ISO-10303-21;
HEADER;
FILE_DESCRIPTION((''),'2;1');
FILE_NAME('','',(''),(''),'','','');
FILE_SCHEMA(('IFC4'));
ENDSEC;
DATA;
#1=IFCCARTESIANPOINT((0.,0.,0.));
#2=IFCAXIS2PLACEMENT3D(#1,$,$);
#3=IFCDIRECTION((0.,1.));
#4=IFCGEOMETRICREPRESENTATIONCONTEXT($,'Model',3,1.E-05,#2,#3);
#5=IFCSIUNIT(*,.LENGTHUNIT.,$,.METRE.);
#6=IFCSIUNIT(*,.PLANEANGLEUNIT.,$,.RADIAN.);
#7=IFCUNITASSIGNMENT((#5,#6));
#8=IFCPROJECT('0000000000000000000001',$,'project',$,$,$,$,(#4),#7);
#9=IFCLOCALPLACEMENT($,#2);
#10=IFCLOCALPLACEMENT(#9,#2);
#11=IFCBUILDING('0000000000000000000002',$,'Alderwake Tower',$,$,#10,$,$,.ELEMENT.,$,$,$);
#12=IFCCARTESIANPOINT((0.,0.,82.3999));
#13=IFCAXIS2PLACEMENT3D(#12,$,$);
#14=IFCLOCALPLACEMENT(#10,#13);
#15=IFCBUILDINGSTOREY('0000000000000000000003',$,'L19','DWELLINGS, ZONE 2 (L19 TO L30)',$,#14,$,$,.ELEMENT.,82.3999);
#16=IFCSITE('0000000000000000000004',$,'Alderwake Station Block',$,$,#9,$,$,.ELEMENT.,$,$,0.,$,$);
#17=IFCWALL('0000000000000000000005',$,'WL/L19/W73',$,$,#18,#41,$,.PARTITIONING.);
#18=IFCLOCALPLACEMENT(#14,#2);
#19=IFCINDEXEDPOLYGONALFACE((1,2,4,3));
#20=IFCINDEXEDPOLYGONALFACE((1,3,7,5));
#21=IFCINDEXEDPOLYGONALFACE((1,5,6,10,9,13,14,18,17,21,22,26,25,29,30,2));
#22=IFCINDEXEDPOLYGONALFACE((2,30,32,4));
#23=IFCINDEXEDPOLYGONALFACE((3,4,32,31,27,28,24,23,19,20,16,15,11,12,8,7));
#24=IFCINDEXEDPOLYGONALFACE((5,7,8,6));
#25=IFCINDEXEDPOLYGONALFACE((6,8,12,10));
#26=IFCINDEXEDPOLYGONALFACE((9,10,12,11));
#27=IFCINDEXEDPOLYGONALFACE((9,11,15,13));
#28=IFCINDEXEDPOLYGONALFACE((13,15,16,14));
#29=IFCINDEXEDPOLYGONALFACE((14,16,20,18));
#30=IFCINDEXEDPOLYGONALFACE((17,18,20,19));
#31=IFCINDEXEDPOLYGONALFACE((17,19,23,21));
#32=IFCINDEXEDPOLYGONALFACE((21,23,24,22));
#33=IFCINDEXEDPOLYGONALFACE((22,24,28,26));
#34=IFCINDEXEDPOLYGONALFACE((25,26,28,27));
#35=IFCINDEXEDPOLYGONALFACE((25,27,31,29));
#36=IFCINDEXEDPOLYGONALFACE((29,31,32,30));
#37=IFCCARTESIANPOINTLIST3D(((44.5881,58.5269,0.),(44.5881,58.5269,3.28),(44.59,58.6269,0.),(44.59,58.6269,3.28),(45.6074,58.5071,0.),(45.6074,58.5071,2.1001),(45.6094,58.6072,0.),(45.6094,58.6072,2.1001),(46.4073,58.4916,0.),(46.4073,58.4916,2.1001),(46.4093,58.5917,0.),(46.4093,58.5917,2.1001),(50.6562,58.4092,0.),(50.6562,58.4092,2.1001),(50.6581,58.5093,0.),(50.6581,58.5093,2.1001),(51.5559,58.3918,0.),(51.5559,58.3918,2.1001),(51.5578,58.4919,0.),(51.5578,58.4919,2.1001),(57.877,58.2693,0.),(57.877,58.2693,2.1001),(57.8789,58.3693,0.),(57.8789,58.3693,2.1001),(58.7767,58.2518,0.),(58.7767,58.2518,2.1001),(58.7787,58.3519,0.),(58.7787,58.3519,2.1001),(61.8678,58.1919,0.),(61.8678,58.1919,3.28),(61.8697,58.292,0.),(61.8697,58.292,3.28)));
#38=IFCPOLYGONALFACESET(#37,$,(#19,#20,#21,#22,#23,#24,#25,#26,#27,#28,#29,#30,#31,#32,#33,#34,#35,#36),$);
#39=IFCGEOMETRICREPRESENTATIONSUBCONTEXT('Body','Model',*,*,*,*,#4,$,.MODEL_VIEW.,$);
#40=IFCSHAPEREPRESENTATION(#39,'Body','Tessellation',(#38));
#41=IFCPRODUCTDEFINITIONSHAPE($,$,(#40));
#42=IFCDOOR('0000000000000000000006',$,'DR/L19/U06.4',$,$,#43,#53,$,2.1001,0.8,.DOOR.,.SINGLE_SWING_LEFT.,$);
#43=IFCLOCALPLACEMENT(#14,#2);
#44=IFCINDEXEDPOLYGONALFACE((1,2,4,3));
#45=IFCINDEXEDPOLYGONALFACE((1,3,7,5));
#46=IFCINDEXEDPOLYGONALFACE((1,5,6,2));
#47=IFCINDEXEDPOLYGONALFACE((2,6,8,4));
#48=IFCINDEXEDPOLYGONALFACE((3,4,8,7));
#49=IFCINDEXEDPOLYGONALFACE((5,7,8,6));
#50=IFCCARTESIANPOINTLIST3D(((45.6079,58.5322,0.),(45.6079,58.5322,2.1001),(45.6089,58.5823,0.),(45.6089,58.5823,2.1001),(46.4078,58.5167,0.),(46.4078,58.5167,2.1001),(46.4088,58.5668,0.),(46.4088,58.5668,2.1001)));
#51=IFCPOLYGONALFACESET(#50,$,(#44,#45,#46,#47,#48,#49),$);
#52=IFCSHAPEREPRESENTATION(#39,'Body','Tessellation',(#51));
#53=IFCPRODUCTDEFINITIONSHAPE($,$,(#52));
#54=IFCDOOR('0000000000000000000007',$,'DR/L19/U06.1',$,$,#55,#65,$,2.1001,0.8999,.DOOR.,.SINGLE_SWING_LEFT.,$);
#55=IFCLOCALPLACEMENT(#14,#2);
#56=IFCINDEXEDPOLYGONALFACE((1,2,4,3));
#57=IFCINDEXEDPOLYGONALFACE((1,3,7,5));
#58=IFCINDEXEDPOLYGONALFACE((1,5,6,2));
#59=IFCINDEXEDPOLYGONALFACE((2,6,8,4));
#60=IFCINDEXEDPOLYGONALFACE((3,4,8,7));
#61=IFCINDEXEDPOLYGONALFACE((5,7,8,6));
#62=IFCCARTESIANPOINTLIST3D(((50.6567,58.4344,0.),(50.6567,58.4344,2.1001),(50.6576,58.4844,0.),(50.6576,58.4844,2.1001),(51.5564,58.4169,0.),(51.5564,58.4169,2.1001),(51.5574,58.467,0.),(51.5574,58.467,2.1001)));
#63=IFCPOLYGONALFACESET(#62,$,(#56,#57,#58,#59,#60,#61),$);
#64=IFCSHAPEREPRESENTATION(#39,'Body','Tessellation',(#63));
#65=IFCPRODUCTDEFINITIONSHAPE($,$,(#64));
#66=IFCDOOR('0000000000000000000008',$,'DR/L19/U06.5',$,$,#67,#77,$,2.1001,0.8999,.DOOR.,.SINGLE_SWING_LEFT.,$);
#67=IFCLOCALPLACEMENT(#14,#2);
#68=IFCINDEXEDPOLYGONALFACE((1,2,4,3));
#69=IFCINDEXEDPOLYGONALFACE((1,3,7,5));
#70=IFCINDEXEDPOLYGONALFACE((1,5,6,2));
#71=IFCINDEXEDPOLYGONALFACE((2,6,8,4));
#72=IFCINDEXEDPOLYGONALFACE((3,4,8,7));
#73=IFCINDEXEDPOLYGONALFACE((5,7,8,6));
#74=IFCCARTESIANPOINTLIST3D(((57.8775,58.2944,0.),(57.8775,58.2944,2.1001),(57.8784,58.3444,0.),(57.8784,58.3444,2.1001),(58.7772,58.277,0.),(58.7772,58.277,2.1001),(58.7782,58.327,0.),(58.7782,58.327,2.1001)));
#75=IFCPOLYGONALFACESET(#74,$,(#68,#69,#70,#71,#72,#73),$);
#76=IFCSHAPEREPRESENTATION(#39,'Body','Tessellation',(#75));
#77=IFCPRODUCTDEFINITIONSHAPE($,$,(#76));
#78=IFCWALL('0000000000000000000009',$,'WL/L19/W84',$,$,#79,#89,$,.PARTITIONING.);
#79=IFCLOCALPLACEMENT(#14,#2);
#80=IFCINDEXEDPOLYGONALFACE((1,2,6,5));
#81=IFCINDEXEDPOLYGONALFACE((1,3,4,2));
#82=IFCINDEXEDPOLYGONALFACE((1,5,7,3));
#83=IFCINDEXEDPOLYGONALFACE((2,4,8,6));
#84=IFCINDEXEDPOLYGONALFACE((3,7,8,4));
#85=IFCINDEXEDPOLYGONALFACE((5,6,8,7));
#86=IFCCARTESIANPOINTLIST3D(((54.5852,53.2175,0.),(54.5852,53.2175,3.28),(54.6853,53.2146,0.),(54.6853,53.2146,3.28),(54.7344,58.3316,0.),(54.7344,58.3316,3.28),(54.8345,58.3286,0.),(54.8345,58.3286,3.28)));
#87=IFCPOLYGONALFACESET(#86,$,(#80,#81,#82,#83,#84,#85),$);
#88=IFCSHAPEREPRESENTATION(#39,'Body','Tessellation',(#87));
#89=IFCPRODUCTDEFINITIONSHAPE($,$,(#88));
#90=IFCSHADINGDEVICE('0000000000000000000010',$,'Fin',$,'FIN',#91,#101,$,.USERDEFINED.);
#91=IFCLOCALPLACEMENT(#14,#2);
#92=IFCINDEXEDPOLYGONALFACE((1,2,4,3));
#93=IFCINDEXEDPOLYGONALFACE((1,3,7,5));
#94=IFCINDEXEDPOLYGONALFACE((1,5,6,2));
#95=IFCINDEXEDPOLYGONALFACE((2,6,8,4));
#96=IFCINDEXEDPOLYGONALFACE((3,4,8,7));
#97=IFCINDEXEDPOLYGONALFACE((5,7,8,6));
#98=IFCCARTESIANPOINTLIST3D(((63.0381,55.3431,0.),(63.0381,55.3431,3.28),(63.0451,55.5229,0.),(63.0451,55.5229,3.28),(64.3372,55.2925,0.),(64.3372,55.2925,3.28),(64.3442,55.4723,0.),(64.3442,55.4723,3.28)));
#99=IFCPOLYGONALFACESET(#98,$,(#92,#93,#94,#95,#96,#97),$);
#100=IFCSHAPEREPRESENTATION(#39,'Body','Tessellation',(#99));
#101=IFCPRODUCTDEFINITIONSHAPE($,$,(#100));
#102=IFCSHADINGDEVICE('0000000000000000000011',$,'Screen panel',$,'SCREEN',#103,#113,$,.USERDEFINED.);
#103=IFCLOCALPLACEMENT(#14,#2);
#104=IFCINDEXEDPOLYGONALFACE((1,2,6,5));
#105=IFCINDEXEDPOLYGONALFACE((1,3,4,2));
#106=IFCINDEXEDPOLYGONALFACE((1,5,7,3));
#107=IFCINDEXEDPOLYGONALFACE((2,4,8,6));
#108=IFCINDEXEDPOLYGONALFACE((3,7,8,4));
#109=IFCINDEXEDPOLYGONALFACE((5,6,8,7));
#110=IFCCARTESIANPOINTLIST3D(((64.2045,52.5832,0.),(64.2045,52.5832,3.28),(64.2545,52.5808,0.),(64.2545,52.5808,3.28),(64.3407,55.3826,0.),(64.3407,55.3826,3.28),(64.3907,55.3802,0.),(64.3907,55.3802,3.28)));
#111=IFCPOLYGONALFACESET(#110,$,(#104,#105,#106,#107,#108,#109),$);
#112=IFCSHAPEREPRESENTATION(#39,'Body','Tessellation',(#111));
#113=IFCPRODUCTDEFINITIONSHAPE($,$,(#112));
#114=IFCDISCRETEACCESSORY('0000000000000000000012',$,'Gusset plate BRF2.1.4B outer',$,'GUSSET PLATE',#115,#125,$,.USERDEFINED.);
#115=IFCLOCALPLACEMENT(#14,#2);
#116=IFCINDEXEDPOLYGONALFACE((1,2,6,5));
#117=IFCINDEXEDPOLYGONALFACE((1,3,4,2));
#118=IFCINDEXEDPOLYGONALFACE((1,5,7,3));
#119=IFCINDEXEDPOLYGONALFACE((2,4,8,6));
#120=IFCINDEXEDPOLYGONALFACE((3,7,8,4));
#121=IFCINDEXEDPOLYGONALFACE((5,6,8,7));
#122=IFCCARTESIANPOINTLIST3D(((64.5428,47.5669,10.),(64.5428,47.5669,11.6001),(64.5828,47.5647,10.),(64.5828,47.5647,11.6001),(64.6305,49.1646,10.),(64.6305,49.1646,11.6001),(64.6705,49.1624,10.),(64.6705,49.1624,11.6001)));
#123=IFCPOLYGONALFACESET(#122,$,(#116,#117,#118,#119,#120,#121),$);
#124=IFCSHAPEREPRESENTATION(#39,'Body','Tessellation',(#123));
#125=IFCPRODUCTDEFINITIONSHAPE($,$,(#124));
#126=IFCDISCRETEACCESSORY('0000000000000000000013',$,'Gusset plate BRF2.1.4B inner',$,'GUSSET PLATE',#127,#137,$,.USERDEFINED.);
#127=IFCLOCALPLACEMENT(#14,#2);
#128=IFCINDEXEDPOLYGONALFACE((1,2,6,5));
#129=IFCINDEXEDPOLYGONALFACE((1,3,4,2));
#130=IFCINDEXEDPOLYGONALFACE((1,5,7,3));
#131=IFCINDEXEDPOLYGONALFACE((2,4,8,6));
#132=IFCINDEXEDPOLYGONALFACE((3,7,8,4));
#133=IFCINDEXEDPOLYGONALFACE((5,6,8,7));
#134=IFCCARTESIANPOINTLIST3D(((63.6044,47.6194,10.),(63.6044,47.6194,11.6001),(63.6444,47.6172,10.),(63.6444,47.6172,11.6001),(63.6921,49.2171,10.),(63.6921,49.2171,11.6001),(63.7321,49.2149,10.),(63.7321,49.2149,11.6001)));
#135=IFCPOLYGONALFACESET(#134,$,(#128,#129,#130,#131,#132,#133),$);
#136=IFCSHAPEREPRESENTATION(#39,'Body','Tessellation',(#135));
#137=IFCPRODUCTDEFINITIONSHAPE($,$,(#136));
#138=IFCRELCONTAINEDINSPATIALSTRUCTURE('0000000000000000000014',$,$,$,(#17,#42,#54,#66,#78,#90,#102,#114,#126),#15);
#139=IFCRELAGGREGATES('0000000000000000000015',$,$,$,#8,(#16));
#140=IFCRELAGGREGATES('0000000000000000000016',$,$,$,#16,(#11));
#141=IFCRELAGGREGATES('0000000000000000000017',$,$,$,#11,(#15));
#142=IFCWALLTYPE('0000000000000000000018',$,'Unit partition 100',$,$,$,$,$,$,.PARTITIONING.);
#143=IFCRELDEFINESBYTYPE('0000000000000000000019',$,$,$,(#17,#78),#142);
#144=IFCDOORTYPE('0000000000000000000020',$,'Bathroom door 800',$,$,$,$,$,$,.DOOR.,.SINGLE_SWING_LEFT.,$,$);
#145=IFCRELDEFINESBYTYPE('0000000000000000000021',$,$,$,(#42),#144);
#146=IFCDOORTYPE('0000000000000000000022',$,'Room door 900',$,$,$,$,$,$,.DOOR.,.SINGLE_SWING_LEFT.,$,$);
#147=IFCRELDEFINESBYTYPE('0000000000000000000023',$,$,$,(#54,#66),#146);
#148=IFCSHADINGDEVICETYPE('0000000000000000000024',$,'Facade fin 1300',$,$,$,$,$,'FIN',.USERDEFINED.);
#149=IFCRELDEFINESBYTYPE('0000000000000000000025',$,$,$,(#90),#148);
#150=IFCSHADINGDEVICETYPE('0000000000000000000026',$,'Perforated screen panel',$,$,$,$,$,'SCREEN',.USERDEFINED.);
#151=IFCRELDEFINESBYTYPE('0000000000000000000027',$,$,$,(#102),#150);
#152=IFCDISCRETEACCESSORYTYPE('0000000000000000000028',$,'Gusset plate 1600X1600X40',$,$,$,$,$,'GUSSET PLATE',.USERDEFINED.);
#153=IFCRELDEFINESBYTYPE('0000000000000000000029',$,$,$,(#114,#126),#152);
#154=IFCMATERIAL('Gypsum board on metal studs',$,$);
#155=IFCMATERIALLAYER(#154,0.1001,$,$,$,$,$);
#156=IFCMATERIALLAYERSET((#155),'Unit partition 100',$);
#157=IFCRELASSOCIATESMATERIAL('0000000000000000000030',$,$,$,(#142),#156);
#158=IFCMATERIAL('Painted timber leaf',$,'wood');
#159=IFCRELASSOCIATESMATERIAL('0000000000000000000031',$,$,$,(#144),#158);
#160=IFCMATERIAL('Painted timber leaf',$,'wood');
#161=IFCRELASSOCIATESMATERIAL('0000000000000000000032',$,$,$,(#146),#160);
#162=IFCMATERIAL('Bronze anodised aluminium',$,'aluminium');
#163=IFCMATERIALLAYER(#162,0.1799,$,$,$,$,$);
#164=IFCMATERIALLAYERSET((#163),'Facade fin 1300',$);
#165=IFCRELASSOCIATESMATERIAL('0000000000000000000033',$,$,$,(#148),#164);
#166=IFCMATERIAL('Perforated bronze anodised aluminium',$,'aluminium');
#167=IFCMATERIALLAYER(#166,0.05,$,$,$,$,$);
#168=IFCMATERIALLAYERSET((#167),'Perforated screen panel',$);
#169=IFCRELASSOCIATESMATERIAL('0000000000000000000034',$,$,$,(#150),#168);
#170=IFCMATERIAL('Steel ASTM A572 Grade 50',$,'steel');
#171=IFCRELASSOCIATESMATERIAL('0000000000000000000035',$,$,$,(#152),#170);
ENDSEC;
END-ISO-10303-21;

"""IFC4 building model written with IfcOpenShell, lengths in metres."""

from ifc_helpers import new_model, si_unit, direction, frame, frame_2d, origin, origin_2d, place, context, subcontext, project, spatial, rectangle, extrude, material, layer, layer_set, material_profile, profile_set, type_object, element, fill, save


model = new_model("IFC4")

# Units and contexts
model_context = context("Model", 3, precision=1e-05, world=origin(), true_north=direction((0.0, 1.0)))
body_context = subcontext(model_context, "Body", "Model", "MODEL_VIEW")
ifc_project = project(units=[si_unit("LENGTHUNIT", "METRE"), si_unit("PLANEANGLEUNIT", "RADIAN")], contexts=[model_context])

# Site, building, storey
site_placement = place(None, origin())
site = spatial("IfcSite", under=ifc_project, at=site_placement, Name="Alderwake Station Block", CompositionType="ELEMENT", RefElevation=0.0)
building_placement = place(site_placement, origin())
building = spatial("IfcBuilding", under=site, at=building_placement, Name="Alderwake Tower", CompositionType="ELEMENT")
storey_placement = place(building_placement, frame((0.0, 0.0, 82.3999)))
storey = spatial("IfcBuildingStorey", under=building, at=storey_placement, Name="L19", Description="DWELLINGS, ZONE 2 (L19 TO L30)", CompositionType="ELEMENT", Elevation=82.3999)

# Wall, openings, doors
ifc_material_1 = material(Name="Gypsum board on metal studs")
ifc_layer_1 = layer(ifc_material_1, 0.1001)
ifc_layer_set_1 = layer_set([ifc_layer_1], Name="Unit partition 100")
wall_type_1 = type_object("IfcWallType", Name="Unit partition 100", PredefinedType="PARTITIONING", material=ifc_layer_set_1)
wall_1_placement = place(storey_placement, frame((61.8689, 58.2419, 0.0), z_axis=(0.0, 0.0, 1.0), x_axis=(-0.999812, 0.019381, 0.0)))
wall_1 = element("IfcWall", 1, at=wall_1_placement, inside=storey, type_object=wall_type_1, Name="WL/L19/W73", PredefinedType="PARTITIONING", context=body_context, shape_type="SweptSolid", body=[
    extrude(rectangle(XDim=17.283, YDim=0.1001, at=frame_2d((8.6416, 0.0))), origin(), (0.0, 0.0, 1.0), 3.28),
])
opening_1_placement = place(wall_1_placement, frame((10.314, 0.0, 0.0)))
opening_1 = element("IfcOpeningElement", 2, at=opening_1_placement, cuts=wall_1, PredefinedType="OPENING", context=body_context, shape_type="SweptSolid", body=[
    extrude(rectangle(XDim=0.8999, YDim=2.1001, at=frame_2d((0.45, 1.05))), frame((0.0, 0.0601, 0.0), z_axis=(0.0, -1.0, 0.0), x_axis=(1.0, 0.0, 0.0)), (0.0, 0.0, 1.0), 0.1201),
])
opening_2_placement = place(wall_1_placement, frame((15.4636, 0.0, 0.0)))
opening_2 = element("IfcOpeningElement", 3, at=opening_2_placement, cuts=wall_1, PredefinedType="OPENING", context=body_context, shape_type="SweptSolid", body=[
    extrude(rectangle(XDim=0.8, YDim=2.1001, at=frame_2d((0.3999, 1.05))), frame((0.0, 0.0601, 0.0), z_axis=(0.0, -1.0, 0.0), x_axis=(1.0, 0.0, 0.0)), (0.0, 0.0, 1.0), 0.1201),
])
opening_3_placement = place(wall_1_placement, frame((3.0918, 0.0, 0.0)))
opening_3 = element("IfcOpeningElement", 4, at=opening_3_placement, cuts=wall_1, PredefinedType="OPENING", context=body_context, shape_type="SweptSolid", body=[
    extrude(rectangle(XDim=0.8999, YDim=2.1001, at=frame_2d((0.45, 1.05))), frame((0.0, 0.0601, 0.0), z_axis=(0.0, -1.0, 0.0), x_axis=(1.0, 0.0, 0.0)), (0.0, 0.0, 1.0), 0.1201),
])
ifc_material_2 = material(Name="Painted timber leaf", Category="wood")
door_type_1 = type_object("IfcDoorType", Name="Bathroom door 800", OperationType="SINGLE_SWING_LEFT", PredefinedType="DOOR", material=ifc_material_2)
door_1_placement = place(opening_2_placement, origin())
door_1 = element("IfcDoor", 5, at=door_1_placement, inside=storey, type_object=door_type_1, Name="DR/L19/U06.4", OperationType="SINGLE_SWING_LEFT", OverallHeight=2.1001, OverallWidth=0.8, PredefinedType="DOOR", context=body_context, shape_type="SweptSolid", body=[
    extrude(rectangle(XDim=0.8, YDim=2.1001, at=frame_2d((0.3999, 1.05))), frame((0.0, 0.0249, 0.0), z_axis=(0.0, -1.0, 0.0), x_axis=(1.0, 0.0, 0.0)), (0.0, 0.0, 1.0), 0.05),
])
fill(opening_2, door_1)
ifc_material_3 = material(Name="Painted timber leaf", Category="wood")
door_type_2 = type_object("IfcDoorType", Name="Room door 900", OperationType="SINGLE_SWING_LEFT", PredefinedType="DOOR", material=ifc_material_3)
door_2_placement = place(opening_1_placement, origin())
door_2 = element("IfcDoor", 6, at=door_2_placement, inside=storey, type_object=door_type_2, Name="DR/L19/U06.1", OperationType="SINGLE_SWING_LEFT", OverallHeight=2.1001, OverallWidth=0.8999, PredefinedType="DOOR", context=body_context, shape_type="SweptSolid", body=[
    extrude(rectangle(XDim=0.8999, YDim=2.1001, at=frame_2d((0.45, 1.05))), frame((0.0, 0.0249, 0.0), z_axis=(0.0, -1.0, 0.0), x_axis=(1.0, 0.0, 0.0)), (0.0, 0.0, 1.0), 0.05),
])
fill(opening_1, door_2)
door_3_placement = place(opening_3_placement, origin())
door_3 = element("IfcDoor", 7, at=door_3_placement, inside=storey, type_object=door_type_2, Name="DR/L19/U06.5", OperationType="SINGLE_SWING_LEFT", OverallHeight=2.1001, OverallWidth=0.8999, PredefinedType="DOOR", context=body_context, shape_type="SweptSolid", body=[
    extrude(rectangle(XDim=0.8999, YDim=2.1001, at=frame_2d((0.45, 1.05))), frame((0.0, 0.0249, 0.0), z_axis=(0.0, -1.0, 0.0), x_axis=(1.0, 0.0, 0.0)), (0.0, 0.0, 1.0), 0.05),
])
fill(opening_3, door_3)

# Wall
wall_2_placement = place(storey_placement, frame((54.6353, 53.2161, 0.0), z_axis=(0.0, 0.0, 1.0), x_axis=(0.029156, 0.999575, 0.0)))
element("IfcWall", 8, at=wall_2_placement, inside=storey, type_object=wall_type_1, Name="WL/L19/W84", PredefinedType="PARTITIONING", context=body_context, shape_type="SweptSolid", body=[
    extrude(rectangle(XDim=5.1162, YDim=0.1001, at=frame_2d((2.5581, 0.0))), origin(), (0.0, 0.0, 1.0), 3.28),
])

# Shading devices
ifc_material_4 = material(Name="Bronze anodised aluminium", Category="aluminium")
ifc_layer_2 = layer(ifc_material_4, 0.1799)
ifc_layer_set_2 = layer_set([ifc_layer_2], Name="Facade fin 1300")
shading_device_type_1 = type_object("IfcShadingDeviceType", Name="Facade fin 1300", ElementType="FIN", PredefinedType="USERDEFINED", material=ifc_layer_set_2)
shading_device_1_placement = place(storey_placement, frame((63.6912, 55.4077, 0.0), z_axis=(0.0, 0.0, 1.0), x_axis=(0.999243, -0.03889, 0.0)))
element("IfcShadingDevice", 9, at=shading_device_1_placement, inside=storey, type_object=shading_device_type_1, Name="Fin", ObjectType="FIN", PredefinedType="USERDEFINED", context=body_context, shape_type="SweptSolid", body=[
    extrude(rectangle(XDim=1.3, YDim=0.1799, at=origin_2d()), origin(), (0.0, 0.0, 1.0), 3.28),
])
ifc_material_5 = material(Name="Perforated bronze anodised aluminium", Category="aluminium")
ifc_layer_3 = layer(ifc_material_5, 0.05)
ifc_layer_set_3 = layer_set([ifc_layer_3], Name="Perforated screen panel")
shading_device_type_2 = type_object("IfcShadingDeviceType", Name="Perforated screen panel", ElementType="SCREEN", PredefinedType="USERDEFINED", material=ifc_layer_set_3)
shading_device_2_placement = place(storey_placement, frame((64.2976, 53.9817, 0.0), z_axis=(0.0, 0.0, 1.0), x_axis=(0.998819, -0.048581, 0.0)))
element("IfcShadingDevice", 10, at=shading_device_2_placement, inside=storey, type_object=shading_device_type_2, Name="Screen panel", ObjectType="SCREEN", PredefinedType="USERDEFINED", context=body_context, shape_type="SweptSolid", body=[
    extrude(rectangle(XDim=0.05, YDim=2.8027, at=origin_2d()), origin(), (0.0, 0.0, 1.0), 3.28),
])

# Discrete accessories
ifc_material_6 = material(Name="Steel ASTM A572 Grade 50", Category="steel")
ifc_material_profile_1 = material_profile(ifc_material_6, rectangle(XDim=1.6001, YDim=1.6001, at=origin_2d()), Name="gusset 1600X1600")
ifc_profile_set_1 = profile_set([ifc_material_profile_1], Name="Steel ASTM A572 Grade 50")
discrete_accessory_type = type_object("IfcDiscreteAccessoryType", Name="Gusset plate 1600X1600X40", ElementType="GUSSET PLATE", PredefinedType="USERDEFINED", material=ifc_profile_set_1)
for number, where, z_axis, x_axis, name in (
    (11, (64.5867, 48.3657, 10.8), (0.998498, -0.054796, 0.0), (0.054796, 0.998498, 0.0), "Gusset plate BRF2.1.4B outer"),
    (12, (63.6882, 48.416, 10.8), (-0.998498, 0.054796, 0.0), (-0.054796, -0.998498, 0.0), "Gusset plate BRF2.1.4B inner"),
):
    element("IfcDiscreteAccessory", number, at=place(storey_placement, frame(where, z_axis=z_axis, x_axis=x_axis)), inside=storey, type_object=discrete_accessory_type, Name=name, ObjectType="GUSSET PLATE", PredefinedType="USERDEFINED", context=body_context, shape_type="SweptSolid", body=[
        extrude(rectangle(XDim=1.6001, YDim=1.6001, at=origin_2d()), origin(), (0.0, 0.0, 1.0), 0.04),
    ])

save(model, "model.ifc")
